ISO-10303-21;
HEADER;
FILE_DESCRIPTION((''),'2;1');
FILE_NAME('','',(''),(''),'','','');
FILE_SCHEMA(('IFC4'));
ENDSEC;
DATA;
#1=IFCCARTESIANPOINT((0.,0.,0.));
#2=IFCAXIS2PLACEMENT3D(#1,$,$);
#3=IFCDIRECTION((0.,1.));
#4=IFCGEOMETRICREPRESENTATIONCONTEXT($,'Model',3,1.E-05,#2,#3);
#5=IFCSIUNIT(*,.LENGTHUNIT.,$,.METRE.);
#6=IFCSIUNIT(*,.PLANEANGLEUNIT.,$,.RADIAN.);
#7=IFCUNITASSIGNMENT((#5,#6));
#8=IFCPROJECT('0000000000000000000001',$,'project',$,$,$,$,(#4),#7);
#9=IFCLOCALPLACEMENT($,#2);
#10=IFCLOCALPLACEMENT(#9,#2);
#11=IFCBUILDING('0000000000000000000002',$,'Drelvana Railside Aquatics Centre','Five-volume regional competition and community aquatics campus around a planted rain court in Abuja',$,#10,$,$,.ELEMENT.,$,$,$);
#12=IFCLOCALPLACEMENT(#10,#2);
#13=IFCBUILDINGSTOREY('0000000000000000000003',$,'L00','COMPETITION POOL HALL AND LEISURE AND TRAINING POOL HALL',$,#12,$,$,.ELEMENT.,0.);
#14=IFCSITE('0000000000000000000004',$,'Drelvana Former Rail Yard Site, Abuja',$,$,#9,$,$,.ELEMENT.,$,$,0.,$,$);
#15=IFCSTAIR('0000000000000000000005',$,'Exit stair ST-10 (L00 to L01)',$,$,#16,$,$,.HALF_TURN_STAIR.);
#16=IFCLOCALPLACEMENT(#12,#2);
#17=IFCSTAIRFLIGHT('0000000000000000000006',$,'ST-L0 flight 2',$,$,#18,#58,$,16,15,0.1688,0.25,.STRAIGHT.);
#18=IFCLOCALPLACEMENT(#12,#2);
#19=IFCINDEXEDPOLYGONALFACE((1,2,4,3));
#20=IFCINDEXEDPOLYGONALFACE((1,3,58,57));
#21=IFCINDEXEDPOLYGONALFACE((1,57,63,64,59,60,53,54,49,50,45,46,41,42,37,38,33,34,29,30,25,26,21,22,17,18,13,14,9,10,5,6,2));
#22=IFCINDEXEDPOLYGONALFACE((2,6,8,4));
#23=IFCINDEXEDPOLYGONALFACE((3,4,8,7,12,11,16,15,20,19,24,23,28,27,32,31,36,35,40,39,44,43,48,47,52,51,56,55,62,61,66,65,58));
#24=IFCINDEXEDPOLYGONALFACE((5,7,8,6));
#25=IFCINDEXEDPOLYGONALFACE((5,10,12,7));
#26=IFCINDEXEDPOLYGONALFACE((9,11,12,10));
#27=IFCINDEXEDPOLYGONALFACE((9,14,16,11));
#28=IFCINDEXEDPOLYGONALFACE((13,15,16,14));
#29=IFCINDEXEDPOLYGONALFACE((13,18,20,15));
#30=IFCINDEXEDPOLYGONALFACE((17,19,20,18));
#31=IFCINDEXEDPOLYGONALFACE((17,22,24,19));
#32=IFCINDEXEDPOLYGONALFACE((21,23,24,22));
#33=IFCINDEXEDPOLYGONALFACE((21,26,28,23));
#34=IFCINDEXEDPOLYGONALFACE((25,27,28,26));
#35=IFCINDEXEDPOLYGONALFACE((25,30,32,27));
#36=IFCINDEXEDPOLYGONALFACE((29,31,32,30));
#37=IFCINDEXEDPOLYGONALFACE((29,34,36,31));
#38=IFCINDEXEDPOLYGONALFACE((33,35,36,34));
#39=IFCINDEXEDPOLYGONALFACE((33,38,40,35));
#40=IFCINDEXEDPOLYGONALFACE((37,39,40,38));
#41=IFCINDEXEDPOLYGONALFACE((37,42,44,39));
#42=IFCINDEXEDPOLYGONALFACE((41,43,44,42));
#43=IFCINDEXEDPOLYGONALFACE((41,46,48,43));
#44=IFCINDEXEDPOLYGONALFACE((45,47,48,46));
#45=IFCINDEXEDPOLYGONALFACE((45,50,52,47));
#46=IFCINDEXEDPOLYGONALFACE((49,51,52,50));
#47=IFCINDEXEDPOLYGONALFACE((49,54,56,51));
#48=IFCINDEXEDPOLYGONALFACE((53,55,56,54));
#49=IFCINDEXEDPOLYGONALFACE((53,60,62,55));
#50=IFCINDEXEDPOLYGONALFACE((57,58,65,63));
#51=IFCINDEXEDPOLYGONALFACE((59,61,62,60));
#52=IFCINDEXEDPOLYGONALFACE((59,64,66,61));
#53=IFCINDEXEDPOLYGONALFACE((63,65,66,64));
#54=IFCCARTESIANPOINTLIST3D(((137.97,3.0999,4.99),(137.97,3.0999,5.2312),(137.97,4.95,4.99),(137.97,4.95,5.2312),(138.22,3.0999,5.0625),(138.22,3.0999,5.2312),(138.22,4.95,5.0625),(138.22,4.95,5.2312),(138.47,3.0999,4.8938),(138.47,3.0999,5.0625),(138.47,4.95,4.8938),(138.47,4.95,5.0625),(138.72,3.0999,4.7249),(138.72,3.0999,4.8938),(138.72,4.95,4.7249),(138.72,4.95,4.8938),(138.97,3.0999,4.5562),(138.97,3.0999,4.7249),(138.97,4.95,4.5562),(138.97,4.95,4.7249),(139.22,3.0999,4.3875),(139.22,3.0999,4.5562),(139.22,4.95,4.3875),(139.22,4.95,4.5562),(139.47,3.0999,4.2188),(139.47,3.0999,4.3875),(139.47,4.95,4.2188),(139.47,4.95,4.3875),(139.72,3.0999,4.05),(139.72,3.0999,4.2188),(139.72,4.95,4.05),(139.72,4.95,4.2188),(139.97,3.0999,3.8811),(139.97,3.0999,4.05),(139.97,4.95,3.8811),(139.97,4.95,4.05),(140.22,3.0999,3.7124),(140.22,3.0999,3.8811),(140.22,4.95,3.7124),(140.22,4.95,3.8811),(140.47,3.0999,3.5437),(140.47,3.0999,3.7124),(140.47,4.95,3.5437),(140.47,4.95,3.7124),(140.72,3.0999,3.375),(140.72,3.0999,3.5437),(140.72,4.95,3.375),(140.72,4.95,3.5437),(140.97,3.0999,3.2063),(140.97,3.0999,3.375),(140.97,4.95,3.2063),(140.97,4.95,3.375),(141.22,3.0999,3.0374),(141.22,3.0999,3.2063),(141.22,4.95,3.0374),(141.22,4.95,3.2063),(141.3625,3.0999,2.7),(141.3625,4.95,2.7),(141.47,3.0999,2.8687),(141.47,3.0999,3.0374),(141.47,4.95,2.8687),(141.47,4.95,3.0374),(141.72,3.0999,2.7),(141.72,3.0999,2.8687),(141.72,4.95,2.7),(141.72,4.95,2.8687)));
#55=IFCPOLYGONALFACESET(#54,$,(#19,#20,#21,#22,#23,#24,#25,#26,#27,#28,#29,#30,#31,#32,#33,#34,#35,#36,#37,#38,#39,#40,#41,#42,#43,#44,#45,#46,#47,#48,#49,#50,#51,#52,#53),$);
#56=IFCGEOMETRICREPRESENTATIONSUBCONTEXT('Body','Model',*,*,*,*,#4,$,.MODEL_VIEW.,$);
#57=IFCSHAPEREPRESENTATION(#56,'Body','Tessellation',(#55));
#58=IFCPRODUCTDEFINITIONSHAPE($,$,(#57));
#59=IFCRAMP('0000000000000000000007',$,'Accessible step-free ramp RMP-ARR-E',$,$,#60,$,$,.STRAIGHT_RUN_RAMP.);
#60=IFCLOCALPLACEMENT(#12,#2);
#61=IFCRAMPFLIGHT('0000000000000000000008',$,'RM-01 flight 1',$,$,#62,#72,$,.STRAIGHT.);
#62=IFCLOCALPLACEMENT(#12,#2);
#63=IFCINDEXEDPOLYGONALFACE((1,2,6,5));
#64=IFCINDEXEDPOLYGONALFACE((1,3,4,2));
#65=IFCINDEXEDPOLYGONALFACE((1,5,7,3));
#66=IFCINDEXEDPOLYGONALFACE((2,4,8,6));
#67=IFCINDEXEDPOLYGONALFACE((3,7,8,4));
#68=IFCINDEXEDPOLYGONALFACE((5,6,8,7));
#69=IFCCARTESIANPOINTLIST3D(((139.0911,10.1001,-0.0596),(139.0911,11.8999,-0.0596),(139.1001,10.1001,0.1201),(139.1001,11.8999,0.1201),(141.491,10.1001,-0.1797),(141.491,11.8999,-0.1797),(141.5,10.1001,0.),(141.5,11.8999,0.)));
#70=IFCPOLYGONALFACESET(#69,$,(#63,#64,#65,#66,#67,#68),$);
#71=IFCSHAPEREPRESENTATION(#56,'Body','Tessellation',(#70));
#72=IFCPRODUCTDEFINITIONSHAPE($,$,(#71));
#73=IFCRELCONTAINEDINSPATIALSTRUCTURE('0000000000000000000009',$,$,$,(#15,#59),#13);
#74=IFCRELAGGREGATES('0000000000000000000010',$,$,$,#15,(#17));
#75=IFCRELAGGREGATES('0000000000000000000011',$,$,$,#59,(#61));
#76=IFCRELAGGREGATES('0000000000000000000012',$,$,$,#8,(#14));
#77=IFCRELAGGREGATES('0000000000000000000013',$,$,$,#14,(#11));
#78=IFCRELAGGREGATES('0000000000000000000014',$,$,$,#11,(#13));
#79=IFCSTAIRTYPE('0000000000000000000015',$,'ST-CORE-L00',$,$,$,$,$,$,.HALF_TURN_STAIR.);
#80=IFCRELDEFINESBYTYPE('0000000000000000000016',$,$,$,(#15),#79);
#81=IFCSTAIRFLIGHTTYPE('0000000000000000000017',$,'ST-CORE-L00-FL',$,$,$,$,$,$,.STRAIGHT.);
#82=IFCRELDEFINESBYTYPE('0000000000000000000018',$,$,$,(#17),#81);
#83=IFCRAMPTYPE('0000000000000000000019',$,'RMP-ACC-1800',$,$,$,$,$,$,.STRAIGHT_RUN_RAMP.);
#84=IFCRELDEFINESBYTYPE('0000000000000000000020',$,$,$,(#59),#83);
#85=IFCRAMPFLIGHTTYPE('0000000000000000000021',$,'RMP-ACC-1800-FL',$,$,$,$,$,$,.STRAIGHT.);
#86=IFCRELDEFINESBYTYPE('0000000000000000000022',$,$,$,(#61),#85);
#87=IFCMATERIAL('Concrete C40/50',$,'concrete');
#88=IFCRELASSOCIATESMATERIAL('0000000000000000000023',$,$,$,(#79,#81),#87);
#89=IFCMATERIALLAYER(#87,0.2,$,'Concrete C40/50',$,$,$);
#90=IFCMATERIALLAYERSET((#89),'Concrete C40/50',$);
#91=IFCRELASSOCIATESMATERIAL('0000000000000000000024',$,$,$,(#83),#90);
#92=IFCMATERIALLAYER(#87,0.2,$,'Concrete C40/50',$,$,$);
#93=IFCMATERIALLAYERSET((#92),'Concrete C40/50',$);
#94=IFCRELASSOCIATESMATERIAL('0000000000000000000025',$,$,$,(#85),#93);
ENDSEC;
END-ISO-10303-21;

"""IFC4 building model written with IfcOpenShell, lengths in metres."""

from ifc_helpers import new_model, si_unit, direction, frame, origin, place, context, subcontext, project, spatial, polyline, outline, extrude, material, layer, layer_set, type_object, element, aggregate, save


model = new_model("IFC4")

# Units and contexts
model_context = context("Model", 3, precision=1e-05, world=origin(), true_north=direction((0.0, 1.0)))
body_context = subcontext(model_context, "Body", "Model", "MODEL_VIEW")
ifc_project = project(units=[si_unit("LENGTHUNIT", "METRE"), si_unit("PLANEANGLEUNIT", "RADIAN")], contexts=[model_context])

# Site, building, storey
site_placement = place(None, origin())
site = spatial("IfcSite", under=ifc_project, at=site_placement, Name="Drelvana Former Rail Yard Site, Abuja", CompositionType="ELEMENT", RefElevation=0.0)
building_placement = place(site_placement, origin())
building = spatial("IfcBuilding", under=site, at=building_placement, Name="Drelvana Railside Aquatics Centre", Description="Five-volume regional competition and community aquatics campus around a planted rain court in Abuja", CompositionType="ELEMENT")
storey_placement = place(building_placement, origin())
storey = spatial("IfcBuildingStorey", under=building, at=storey_placement, Name="L00", Description="COMPETITION POOL HALL AND LEISURE AND TRAINING POOL HALL", CompositionType="ELEMENT", Elevation=0.0)

# Shared definitions
ifc_material_1 = material(Name="Concrete C40/50", Category="concrete")

# Stair, stair flight
stair_type = type_object("IfcStairType", Name="ST-CORE-L00", PredefinedType="HALF_TURN_STAIR", material=ifc_material_1)
stair_placement = place(storey_placement, origin())
stair = element("IfcStair", 1, at=stair_placement, inside=storey, type_object=stair_type, Name="Exit stair ST-10 (L00 to L01)", PredefinedType="HALF_TURN_STAIR")
stair_flight_type = type_object("IfcStairFlightType", Name="ST-CORE-L00-FL", PredefinedType="STRAIGHT", material=ifc_material_1)
stair_flight_1_placement = place(storey_placement, frame((141.72, 4.0249, 2.7), z_axis=(0.0, 0.0, 1.0), x_axis=(-1.0, 0.0, 0.0)))
stair_flight_1 = element("IfcStairFlight", 2, at=stair_flight_1_placement, type_object=stair_flight_type, Name="ST-L0 flight 2", NumberOfRisers=16, NumberOfTreads=15, PredefinedType="STRAIGHT", RiserHeight=0.1688, TreadLength=0.25, context=body_context, shape_type="SweptSolid", body=[
    extrude(outline(polyline([(0.0, 0.0), (0.0, 0.1687), (0.25, 0.1687), (0.25, 0.3374), (0.5, 0.3374), (0.5, 0.5063), (0.75, 0.5063), (0.75, 0.675), (1.0, 0.675), (1.0, 0.8438), (1.25, 0.8438), (1.25, 1.0125), (1.5, 1.0125), (1.5, 1.1812), (1.75, 1.1812), (1.75, 1.3501), (2.0, 1.3501), (2.0, 1.5188), (2.25, 1.5188), (2.25, 1.6875), (2.5, 1.6875), (2.5, 1.8562), (2.75, 1.8562), (2.75, 2.0249), (3.0, 2.0249), (3.0, 2.1938), (3.25, 2.1938), (3.25, 2.3625), (3.5, 2.3625), (3.5, 2.5312), (3.75, 2.5312), (3.75, 2.7), (3.75, 2.29), (0.3574, 0.0), (0.0, 0.0)])), frame((0.0, 0.925, 0.0), z_axis=(0.0, -1.0, 0.0), x_axis=(1.0, 0.0, 0.0)), (0.0, 0.0, 1.0), 1.8501),
])
aggregate(stair, [stair_flight_1])

# Ramp, ramp flight
ifc_layer_1 = layer(ifc_material_1, 0.2, Name="Concrete C40/50")
ifc_layer_set_1 = layer_set([ifc_layer_1], Name="Concrete C40/50")
ramp_type = type_object("IfcRampType", Name="RMP-ACC-1800", PredefinedType="STRAIGHT_RUN_RAMP", material=ifc_layer_set_1)
ramp_placement = place(storey_placement, origin())
ramp = element("IfcRamp", 3, at=ramp_placement, inside=storey, type_object=ramp_type, Name="Accessible step-free ramp RMP-ARR-E", PredefinedType="STRAIGHT_RUN_RAMP")
ifc_layer_2 = layer(ifc_material_1, 0.2, Name="Concrete C40/50")
ifc_layer_set_2 = layer_set([ifc_layer_2], Name="Concrete C40/50")
ramp_flight_type = type_object("IfcRampFlightType", Name="RMP-ACC-1800-FL", PredefinedType="STRAIGHT", material=ifc_layer_set_2)
ramp_flight_placement = place(storey_placement, frame((141.5, 11.8999, 0.0), z_axis=(0.049988, 0.0, 0.99875), x_axis=(-0.99875, 0.0, 0.049988)))
ramp_flight = element("IfcRampFlight", 4, at=ramp_flight_placement, type_object=ramp_flight_type, Name="RM-01 flight 1", PredefinedType="STRAIGHT", context=body_context, shape_type="SweptSolid", body=[
    extrude(outline(polyline([(0.0, 0.0), (2.4029, 0.0), (2.4029, 1.7998), (0.0, 1.7998), (0.0, 0.0)])), origin(), (0.0, 0.0, -1.0), 0.1799),
])
aggregate(ramp, [ramp_flight])

save(model, "model.ifc")
